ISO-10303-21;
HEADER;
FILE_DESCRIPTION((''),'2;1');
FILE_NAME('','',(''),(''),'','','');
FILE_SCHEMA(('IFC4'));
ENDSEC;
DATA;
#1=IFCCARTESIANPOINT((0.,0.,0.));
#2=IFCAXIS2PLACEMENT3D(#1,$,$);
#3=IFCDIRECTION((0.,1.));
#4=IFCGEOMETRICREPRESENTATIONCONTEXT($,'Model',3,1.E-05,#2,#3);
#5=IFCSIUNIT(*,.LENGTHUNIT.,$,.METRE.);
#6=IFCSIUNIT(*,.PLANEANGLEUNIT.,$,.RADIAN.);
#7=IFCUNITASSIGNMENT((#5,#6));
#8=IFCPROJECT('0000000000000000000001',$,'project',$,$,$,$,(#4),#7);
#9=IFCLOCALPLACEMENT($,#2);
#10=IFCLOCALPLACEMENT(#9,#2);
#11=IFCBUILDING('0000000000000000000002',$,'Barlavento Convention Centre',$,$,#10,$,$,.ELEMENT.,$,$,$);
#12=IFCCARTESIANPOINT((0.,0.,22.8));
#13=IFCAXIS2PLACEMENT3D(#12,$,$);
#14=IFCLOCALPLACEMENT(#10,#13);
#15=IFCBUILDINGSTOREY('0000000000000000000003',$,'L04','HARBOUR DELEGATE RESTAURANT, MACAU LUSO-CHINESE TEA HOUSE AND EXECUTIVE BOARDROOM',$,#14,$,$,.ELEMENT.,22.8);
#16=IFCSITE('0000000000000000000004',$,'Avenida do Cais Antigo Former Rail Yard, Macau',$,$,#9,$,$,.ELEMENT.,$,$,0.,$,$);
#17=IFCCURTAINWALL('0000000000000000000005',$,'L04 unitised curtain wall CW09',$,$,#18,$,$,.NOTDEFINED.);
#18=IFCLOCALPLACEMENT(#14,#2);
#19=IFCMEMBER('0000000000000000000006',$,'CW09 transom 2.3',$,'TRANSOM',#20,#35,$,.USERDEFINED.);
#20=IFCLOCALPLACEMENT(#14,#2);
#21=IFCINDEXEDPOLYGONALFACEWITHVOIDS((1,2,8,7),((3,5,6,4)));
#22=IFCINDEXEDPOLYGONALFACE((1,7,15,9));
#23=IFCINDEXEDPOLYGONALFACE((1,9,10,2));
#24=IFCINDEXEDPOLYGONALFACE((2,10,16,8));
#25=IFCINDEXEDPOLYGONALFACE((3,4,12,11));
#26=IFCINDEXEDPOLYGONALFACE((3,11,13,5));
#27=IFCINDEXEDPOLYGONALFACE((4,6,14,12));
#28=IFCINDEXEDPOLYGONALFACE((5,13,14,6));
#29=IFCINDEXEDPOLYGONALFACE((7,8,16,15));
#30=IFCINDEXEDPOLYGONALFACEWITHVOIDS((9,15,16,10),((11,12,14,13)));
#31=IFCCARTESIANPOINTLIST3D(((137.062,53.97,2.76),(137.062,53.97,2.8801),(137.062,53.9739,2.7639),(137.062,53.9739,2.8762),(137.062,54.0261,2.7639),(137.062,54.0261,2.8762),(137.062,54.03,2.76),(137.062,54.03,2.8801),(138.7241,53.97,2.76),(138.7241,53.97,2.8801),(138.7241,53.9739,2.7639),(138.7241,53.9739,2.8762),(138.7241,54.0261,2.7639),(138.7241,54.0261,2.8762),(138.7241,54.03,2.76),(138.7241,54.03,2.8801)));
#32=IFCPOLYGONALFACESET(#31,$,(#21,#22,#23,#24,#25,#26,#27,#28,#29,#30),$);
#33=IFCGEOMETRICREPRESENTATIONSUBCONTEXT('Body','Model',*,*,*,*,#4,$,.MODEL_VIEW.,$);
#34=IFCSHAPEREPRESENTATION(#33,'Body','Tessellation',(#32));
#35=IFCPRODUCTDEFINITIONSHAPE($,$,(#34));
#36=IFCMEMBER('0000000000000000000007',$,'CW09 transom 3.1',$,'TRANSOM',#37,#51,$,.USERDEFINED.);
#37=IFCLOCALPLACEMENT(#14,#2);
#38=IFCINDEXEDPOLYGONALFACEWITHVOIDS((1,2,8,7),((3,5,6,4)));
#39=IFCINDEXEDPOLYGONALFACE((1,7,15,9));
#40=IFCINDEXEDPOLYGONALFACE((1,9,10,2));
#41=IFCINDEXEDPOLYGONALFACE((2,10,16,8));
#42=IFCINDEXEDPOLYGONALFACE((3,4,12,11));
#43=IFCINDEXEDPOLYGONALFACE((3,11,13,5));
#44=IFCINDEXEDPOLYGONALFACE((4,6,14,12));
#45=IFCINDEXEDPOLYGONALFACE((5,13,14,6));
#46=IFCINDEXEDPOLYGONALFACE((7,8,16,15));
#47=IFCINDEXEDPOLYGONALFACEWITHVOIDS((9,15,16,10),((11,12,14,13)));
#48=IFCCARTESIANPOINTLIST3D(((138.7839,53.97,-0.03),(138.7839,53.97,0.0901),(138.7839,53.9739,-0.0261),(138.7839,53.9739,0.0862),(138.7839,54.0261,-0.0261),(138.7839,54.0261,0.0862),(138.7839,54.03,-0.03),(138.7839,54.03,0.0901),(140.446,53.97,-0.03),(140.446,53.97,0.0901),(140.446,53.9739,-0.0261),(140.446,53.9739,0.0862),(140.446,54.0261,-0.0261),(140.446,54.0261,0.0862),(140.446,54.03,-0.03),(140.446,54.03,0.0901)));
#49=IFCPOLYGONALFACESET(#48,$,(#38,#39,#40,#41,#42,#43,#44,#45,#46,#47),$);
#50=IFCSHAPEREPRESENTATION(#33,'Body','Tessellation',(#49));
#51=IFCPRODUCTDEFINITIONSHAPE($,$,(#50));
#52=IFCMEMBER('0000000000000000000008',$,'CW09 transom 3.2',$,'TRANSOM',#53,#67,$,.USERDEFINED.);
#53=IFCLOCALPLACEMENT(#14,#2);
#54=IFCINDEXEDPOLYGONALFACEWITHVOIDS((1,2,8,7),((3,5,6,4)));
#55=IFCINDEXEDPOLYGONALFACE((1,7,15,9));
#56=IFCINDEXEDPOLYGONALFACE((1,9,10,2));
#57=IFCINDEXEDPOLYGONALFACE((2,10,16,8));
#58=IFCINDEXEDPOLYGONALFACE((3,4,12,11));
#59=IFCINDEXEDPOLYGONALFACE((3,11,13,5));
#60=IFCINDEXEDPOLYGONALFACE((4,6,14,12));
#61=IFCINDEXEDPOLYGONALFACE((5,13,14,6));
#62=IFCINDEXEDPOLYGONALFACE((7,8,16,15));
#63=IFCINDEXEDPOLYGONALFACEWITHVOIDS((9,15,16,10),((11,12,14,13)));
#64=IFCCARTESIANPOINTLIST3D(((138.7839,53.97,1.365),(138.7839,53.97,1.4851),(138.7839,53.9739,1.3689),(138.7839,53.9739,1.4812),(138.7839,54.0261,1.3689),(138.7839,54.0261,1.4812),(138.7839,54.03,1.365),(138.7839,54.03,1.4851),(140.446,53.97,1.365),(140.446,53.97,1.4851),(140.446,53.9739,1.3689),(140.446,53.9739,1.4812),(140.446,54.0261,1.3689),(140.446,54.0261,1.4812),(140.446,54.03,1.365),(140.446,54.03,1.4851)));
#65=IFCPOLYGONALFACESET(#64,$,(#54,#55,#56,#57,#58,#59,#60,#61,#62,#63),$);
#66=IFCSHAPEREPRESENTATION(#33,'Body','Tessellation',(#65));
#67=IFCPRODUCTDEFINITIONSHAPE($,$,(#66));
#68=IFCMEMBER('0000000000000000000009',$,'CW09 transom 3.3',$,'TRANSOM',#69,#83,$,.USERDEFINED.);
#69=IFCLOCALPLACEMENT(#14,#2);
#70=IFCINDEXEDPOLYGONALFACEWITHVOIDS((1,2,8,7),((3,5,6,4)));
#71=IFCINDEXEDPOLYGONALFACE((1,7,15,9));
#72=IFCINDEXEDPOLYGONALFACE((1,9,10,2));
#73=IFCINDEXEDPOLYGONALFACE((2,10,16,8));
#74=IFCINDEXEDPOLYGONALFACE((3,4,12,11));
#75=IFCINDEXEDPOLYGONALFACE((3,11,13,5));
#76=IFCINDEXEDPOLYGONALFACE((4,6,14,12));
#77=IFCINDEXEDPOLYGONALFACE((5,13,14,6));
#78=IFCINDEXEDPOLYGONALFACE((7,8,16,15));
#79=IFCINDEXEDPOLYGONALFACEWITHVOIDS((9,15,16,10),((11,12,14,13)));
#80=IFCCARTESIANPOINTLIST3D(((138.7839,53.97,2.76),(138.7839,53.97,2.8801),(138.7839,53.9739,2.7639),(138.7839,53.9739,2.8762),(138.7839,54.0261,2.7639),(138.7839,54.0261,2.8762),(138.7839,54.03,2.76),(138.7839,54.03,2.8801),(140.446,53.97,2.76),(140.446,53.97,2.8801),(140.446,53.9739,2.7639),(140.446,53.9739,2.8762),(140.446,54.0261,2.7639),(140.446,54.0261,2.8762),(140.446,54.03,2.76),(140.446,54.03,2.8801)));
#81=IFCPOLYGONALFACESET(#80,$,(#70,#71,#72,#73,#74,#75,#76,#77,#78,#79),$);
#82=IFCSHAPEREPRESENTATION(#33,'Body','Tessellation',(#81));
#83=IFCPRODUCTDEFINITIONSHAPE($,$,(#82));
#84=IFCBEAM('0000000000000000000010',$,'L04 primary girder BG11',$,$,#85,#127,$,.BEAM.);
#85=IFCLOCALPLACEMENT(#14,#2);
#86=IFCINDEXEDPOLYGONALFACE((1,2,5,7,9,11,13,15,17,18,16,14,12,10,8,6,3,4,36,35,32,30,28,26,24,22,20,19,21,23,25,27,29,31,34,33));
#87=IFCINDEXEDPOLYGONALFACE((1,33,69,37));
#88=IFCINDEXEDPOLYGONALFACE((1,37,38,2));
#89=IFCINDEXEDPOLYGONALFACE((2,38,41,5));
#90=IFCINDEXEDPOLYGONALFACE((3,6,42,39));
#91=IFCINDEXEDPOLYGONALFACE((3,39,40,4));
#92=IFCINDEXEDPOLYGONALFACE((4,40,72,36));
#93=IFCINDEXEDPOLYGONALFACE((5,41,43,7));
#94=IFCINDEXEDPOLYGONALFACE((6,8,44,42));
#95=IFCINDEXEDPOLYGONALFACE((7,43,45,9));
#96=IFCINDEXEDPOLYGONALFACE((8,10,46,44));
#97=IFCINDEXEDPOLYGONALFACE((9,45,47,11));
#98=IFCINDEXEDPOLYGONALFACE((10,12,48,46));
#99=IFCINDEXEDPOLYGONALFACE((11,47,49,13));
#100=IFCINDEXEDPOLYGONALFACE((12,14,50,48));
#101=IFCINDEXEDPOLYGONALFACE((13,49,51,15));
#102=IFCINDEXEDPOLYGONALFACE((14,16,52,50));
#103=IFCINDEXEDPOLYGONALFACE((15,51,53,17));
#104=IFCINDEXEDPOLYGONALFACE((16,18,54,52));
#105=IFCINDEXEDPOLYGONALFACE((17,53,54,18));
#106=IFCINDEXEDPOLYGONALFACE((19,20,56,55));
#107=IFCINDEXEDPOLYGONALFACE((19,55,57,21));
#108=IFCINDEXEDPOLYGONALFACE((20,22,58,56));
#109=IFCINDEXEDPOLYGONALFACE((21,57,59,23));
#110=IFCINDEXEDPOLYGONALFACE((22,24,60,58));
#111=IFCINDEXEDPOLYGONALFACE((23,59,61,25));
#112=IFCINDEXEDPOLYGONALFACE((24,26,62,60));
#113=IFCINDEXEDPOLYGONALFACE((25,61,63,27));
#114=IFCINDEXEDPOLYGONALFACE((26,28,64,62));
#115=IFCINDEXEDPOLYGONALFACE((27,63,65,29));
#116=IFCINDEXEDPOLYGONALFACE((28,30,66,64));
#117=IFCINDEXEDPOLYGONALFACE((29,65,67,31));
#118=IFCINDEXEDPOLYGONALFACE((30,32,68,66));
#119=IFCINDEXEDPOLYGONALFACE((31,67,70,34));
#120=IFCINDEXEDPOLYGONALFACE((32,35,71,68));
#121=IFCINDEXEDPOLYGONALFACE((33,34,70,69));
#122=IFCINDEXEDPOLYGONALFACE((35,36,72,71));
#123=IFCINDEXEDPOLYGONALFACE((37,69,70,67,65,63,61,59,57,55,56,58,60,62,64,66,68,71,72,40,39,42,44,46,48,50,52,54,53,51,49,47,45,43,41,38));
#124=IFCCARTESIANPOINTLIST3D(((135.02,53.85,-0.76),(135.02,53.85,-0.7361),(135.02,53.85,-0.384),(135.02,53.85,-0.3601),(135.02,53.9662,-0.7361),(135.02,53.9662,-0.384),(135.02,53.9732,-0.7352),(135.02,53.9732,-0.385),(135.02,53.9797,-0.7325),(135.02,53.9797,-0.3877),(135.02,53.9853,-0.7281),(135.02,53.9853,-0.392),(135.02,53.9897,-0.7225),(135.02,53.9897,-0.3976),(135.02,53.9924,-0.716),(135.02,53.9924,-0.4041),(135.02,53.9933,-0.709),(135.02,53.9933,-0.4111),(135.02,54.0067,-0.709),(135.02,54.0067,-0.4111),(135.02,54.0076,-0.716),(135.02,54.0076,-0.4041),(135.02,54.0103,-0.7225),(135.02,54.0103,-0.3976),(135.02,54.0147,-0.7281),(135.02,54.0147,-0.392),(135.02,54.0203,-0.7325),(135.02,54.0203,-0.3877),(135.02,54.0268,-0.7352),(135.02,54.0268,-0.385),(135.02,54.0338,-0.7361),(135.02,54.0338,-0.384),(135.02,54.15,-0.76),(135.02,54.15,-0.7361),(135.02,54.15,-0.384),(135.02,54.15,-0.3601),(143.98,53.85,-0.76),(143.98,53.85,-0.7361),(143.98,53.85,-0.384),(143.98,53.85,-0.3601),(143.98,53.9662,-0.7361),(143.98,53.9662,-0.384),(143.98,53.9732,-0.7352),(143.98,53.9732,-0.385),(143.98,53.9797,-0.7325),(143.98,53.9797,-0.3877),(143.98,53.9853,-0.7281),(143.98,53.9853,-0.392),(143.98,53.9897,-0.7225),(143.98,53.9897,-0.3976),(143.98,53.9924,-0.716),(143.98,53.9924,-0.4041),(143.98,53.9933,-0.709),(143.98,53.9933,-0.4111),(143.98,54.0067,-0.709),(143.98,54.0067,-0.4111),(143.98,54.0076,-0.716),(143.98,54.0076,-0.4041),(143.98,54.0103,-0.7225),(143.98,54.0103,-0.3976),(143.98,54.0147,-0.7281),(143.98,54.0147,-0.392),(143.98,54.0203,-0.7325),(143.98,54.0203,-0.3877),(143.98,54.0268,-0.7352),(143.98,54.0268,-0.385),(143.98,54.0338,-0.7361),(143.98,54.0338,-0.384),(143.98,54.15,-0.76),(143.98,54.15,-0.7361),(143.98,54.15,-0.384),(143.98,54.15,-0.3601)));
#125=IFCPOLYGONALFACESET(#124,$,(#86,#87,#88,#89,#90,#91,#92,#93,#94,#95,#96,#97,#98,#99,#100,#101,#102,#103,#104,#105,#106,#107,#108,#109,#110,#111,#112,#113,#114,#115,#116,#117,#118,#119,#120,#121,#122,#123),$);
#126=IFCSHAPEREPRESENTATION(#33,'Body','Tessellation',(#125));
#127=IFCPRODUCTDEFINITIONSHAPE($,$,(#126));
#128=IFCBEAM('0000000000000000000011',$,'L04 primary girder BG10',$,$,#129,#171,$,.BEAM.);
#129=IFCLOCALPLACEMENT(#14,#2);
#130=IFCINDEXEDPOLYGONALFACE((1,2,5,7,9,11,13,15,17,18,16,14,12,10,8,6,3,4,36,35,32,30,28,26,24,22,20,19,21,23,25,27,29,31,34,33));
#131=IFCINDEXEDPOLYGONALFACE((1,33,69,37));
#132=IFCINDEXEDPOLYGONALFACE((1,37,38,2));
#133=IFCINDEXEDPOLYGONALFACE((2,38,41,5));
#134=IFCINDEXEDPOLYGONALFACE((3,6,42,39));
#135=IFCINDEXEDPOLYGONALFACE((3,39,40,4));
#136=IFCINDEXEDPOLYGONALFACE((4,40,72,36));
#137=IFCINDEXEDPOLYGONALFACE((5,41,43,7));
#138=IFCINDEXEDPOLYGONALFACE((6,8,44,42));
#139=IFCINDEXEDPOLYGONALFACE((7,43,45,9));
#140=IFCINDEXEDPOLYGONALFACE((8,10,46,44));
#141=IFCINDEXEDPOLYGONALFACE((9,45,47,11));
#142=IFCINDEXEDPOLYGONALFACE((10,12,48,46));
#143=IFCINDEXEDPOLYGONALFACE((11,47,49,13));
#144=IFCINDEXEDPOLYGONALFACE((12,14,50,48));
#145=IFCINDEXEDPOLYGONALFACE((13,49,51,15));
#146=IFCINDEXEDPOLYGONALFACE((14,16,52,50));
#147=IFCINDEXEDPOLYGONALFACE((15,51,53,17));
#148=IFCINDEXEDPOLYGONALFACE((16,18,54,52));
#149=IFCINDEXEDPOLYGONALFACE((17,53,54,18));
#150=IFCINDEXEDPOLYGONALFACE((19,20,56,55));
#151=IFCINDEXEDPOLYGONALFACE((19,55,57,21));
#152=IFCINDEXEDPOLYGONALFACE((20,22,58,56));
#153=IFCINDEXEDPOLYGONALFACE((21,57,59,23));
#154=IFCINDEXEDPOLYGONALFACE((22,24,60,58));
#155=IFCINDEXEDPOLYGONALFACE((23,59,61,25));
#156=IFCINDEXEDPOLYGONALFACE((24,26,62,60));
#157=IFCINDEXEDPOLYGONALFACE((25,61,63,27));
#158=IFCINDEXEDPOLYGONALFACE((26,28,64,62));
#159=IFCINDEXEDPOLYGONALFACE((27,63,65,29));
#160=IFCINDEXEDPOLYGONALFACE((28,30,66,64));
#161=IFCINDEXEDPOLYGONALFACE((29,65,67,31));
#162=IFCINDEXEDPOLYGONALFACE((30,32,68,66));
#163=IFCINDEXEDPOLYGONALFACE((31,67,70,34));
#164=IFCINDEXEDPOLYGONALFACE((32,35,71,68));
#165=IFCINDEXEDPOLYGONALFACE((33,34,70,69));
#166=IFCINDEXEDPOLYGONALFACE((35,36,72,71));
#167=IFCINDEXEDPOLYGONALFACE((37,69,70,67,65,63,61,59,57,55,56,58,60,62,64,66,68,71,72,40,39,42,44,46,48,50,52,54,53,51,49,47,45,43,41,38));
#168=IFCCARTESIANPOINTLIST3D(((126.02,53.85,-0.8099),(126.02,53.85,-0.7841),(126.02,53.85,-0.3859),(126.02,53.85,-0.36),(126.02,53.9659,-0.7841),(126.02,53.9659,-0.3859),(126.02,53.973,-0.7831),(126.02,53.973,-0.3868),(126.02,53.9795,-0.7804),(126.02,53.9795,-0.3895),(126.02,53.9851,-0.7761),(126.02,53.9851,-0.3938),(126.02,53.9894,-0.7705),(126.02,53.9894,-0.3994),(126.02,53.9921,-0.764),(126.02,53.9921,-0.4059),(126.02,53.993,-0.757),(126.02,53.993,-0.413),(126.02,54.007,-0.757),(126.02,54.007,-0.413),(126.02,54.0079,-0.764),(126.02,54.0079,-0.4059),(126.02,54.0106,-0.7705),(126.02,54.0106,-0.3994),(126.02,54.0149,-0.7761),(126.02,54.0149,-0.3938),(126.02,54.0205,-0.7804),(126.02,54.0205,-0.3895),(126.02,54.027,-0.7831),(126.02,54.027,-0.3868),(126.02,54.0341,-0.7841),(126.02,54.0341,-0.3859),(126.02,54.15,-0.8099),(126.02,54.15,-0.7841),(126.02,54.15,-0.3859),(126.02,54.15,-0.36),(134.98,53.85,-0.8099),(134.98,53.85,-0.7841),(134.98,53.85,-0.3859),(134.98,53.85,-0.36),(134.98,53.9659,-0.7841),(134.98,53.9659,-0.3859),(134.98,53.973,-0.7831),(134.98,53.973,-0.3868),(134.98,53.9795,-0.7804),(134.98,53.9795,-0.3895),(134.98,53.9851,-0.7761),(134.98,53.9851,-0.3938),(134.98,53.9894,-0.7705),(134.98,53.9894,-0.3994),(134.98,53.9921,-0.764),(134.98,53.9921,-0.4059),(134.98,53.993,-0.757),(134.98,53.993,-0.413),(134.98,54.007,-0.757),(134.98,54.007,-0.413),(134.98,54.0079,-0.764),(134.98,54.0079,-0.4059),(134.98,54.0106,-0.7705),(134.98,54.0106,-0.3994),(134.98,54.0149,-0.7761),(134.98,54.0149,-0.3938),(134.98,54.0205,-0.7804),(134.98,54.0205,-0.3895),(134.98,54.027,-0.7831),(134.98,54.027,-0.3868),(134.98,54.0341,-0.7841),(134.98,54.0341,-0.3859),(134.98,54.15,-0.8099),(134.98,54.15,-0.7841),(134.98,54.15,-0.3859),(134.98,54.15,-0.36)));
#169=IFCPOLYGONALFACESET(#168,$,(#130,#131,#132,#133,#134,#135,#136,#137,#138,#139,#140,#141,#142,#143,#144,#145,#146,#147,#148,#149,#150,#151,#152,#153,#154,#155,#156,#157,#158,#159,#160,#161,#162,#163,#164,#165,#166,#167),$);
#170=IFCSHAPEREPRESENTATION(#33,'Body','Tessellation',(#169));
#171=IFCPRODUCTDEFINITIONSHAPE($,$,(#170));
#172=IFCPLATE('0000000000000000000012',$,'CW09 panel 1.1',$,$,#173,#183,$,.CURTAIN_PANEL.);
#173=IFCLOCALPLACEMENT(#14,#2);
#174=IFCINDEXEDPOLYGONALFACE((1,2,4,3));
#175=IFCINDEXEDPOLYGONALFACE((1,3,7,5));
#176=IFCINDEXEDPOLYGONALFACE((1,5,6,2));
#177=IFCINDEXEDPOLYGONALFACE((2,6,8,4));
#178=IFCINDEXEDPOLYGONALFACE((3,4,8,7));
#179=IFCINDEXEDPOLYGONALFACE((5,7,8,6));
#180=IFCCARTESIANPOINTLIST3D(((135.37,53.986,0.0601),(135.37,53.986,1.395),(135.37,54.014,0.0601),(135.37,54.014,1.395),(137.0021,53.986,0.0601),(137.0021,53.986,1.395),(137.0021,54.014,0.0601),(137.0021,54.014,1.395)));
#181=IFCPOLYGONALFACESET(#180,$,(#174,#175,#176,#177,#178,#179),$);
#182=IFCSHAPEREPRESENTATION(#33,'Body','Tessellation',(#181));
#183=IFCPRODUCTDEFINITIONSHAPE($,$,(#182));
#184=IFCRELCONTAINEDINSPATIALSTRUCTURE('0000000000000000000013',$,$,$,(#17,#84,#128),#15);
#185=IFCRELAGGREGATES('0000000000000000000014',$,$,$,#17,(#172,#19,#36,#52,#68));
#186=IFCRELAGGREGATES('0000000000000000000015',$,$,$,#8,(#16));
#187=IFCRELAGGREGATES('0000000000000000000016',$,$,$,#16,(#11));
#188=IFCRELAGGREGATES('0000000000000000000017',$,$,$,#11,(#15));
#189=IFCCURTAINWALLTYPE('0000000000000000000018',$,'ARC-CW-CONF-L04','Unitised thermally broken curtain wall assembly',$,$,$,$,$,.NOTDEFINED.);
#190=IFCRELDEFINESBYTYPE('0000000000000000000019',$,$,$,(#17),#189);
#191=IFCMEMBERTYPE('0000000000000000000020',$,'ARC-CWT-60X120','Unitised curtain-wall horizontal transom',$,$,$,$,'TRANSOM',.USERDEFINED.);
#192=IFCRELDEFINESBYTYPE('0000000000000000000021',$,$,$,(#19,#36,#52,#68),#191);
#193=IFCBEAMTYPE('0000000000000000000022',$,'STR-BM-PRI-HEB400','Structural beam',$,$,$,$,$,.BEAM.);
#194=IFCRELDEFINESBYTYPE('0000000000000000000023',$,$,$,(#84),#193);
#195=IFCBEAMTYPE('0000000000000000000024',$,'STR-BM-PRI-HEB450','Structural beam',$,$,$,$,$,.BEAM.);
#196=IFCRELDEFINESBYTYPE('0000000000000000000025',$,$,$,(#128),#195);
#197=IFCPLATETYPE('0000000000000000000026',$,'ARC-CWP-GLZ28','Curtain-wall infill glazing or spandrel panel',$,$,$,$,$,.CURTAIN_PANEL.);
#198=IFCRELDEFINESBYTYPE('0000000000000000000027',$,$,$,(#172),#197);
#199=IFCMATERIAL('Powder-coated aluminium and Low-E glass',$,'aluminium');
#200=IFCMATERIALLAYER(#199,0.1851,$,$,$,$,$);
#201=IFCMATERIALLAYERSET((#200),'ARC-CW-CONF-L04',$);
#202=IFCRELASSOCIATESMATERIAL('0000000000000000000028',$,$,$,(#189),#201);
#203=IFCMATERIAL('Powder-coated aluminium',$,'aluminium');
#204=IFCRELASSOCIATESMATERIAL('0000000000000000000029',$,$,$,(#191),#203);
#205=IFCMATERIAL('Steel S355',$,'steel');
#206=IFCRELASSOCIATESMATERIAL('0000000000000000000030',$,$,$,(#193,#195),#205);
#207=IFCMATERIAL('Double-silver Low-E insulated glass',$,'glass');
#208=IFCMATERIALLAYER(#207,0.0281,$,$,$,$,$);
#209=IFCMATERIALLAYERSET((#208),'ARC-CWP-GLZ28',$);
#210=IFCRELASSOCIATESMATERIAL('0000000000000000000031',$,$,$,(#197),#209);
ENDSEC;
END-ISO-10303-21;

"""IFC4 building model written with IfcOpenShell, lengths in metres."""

from ifc_helpers import new_model, si_unit, direction, frame, origin, origin_2d, place, context, subcontext, project, spatial, rectangle, hollow_rectangle, i_section, extrude, material, layer, layer_set, material_profile, profile_set, type_object, element, aggregate, save


model = new_model("IFC4")

# Units and contexts
model_context = context("Model", 3, precision=1e-05, world=origin(), true_north=direction((0.0, 1.0)))
body_context = subcontext(model_context, "Body", "Model", "MODEL_VIEW")
ifc_project = project(units=[si_unit("LENGTHUNIT", "METRE"), si_unit("PLANEANGLEUNIT", "RADIAN")], contexts=[model_context])

# Site, building, storey
site_placement = place(None, origin())
site = spatial("IfcSite", under=ifc_project, at=site_placement, Name="Avenida do Cais Antigo Former Rail Yard, Macau", CompositionType="ELEMENT", RefElevation=0.0)
building_placement = place(site_placement, origin())
building = spatial("IfcBuilding", under=site, at=building_placement, Name="Barlavento Convention Centre", CompositionType="ELEMENT")
storey_placement = place(building_placement, frame((0.0, 0.0, 22.8)))
storey = spatial("IfcBuildingStorey", under=building, at=storey_placement, Name="L04", Description="HARBOUR DELEGATE RESTAURANT, MACAU LUSO-CHINESE TEA HOUSE AND EXECUTIVE BOARDROOM", CompositionType="ELEMENT", Elevation=22.8)

# Shared definitions
ifc_material_1 = material(Name="Steel S355", Category="steel")

# Curtain wall, members
ifc_material_2 = material(Name="Powder-coated aluminium and Low-E glass", Category="aluminium")
ifc_layer_1 = layer(ifc_material_2, 0.1851)
ifc_layer_set_1 = layer_set([ifc_layer_1], Name="ARC-CW-CONF-L04")
curtain_wall_type = type_object("IfcCurtainWallType", Name="ARC-CW-CONF-L04", Description="Unitised thermally broken curtain wall assembly", PredefinedType="NOTDEFINED", material=ifc_layer_set_1)
curtain_wall_placement = place(storey_placement, origin())
curtain_wall = element("IfcCurtainWall", 1, at=curtain_wall_placement, inside=storey, type_object=curtain_wall_type, Name="L04 unitised curtain wall CW09", PredefinedType="NOTDEFINED")
ifc_material_3 = material(Name="Powder-coated aluminium", Category="aluminium")
ifc_material_profile_1 = material_profile(ifc_material_3, hollow_rectangle(XDim=0.0601, YDim=0.1201, WallThickness=0.0039, at=origin_2d()), Name="AL-TRAN 60x120x4")
ifc_profile_set_1 = profile_set([ifc_material_profile_1], Name="Powder-coated aluminium")
member_type_1 = type_object("IfcMemberType", Name="ARC-CWT-60X120", Description="Unitised curtain-wall horizontal transom", ElementType="TRANSOM", PredefinedType="USERDEFINED", material=ifc_profile_set_1)
member_1_placement = place(storey_placement, frame((137.062, 54.0, 2.8201), z_axis=(1.0, 0.0, 0.0), x_axis=(0.0, 1.0, 0.0)))
member_1 = element("IfcMember", 2, at=member_1_placement, type_object=member_type_1, Name="CW09 transom 2.3", ObjectType="TRANSOM", PredefinedType="USERDEFINED", context=body_context, shape_type="SweptSolid", body=[
    extrude(hollow_rectangle(XDim=0.0601, YDim=0.1201, WallThickness=0.0039, at=origin_2d()), origin(), (0.0, 0.0, 1.0), 1.6621),
])
member_2_placement = place(storey_placement, frame((138.7839, 54.0, 0.03), z_axis=(1.0, 0.0, 0.0), x_axis=(0.0, 1.0, 0.0)))
member_2 = element("IfcMember", 3, at=member_2_placement, type_object=member_type_1, Name="CW09 transom 3.1", ObjectType="TRANSOM", PredefinedType="USERDEFINED", context=body_context, shape_type="SweptSolid", body=[
    extrude(hollow_rectangle(XDim=0.0601, YDim=0.1201, WallThickness=0.0039, at=origin_2d()), origin(), (0.0, 0.0, 1.0), 1.6621),
])
member_3_placement = place(storey_placement, frame((138.7839, 54.0, 1.425), z_axis=(1.0, 0.0, 0.0), x_axis=(0.0, 1.0, 0.0)))
member_3 = element("IfcMember", 4, at=member_3_placement, type_object=member_type_1, Name="CW09 transom 3.2", ObjectType="TRANSOM", PredefinedType="USERDEFINED", context=body_context, shape_type="SweptSolid", body=[
    extrude(hollow_rectangle(XDim=0.0601, YDim=0.1201, WallThickness=0.0039, at=origin_2d()), origin(), (0.0, 0.0, 1.0), 1.6621),
])
member_4_placement = place(storey_placement, frame((138.7839, 54.0, 2.8201), z_axis=(1.0, 0.0, 0.0), x_axis=(0.0, 1.0, 0.0)))
member_4 = element("IfcMember", 5, at=member_4_placement, type_object=member_type_1, Name="CW09 transom 3.3", ObjectType="TRANSOM", PredefinedType="USERDEFINED", context=body_context, shape_type="SweptSolid", body=[
    extrude(hollow_rectangle(XDim=0.0601, YDim=0.1201, WallThickness=0.0039, at=origin_2d()), origin(), (0.0, 0.0, 1.0), 1.6621),
])

# Beams
ifc_material_profile_2 = material_profile(ifc_material_1, i_section(OverallWidth=0.3, OverallDepth=0.3999, WebThickness=0.0134, FlangeThickness=0.0239, FilletRadius=0.0271, at=origin_2d()), Name="HEB 400")
ifc_profile_set_2 = profile_set([ifc_material_profile_2], Name="Steel S355")
beam_type_1 = type_object("IfcBeamType", Name="STR-BM-PRI-HEB400", Description="Structural beam", PredefinedType="BEAM", material=ifc_profile_set_2)
beam_1_placement = place(storey_placement, frame((135.02, 54.0, -0.5601), z_axis=(1.0, 0.0, 0.0), x_axis=(0.0, 1.0, 0.0)))
element("IfcBeam", 6, at=beam_1_placement, inside=storey, type_object=beam_type_1, Name="L04 primary girder BG11", PredefinedType="BEAM", context=body_context, shape_type="SweptSolid", body=[
    extrude(i_section(OverallWidth=0.3, OverallDepth=0.3999, WebThickness=0.0134, FlangeThickness=0.0239, FilletRadius=0.0271, at=origin_2d()), origin(), (0.0, 0.0, 1.0), 8.96),
])
ifc_material_profile_3 = material_profile(ifc_material_1, i_section(OverallWidth=0.3, OverallDepth=0.45, WebThickness=0.0139, FlangeThickness=0.0259, FilletRadius=0.0271, at=origin_2d()), Name="HEB 450")
ifc_profile_set_3 = profile_set([ifc_material_profile_3], Name="Steel S355")
beam_type_2 = type_object("IfcBeamType", Name="STR-BM-PRI-HEB450", Description="Structural beam", PredefinedType="BEAM", material=ifc_profile_set_3)
beam_2_placement = place(storey_placement, frame((126.02, 54.0, -0.585), z_axis=(1.0, 0.0, 0.0), x_axis=(0.0, 1.0, 0.0)))
element("IfcBeam", 7, at=beam_2_placement, inside=storey, type_object=beam_type_2, Name="L04 primary girder BG10", PredefinedType="BEAM", context=body_context, shape_type="SweptSolid", body=[
    extrude(i_section(OverallWidth=0.3, OverallDepth=0.45, WebThickness=0.0139, FlangeThickness=0.0259, FilletRadius=0.0271, at=origin_2d()), origin(), (0.0, 0.0, 1.0), 8.96),
])

# Plate
ifc_material_4 = material(Name="Double-silver Low-E insulated glass", Category="glass")
ifc_layer_2 = layer(ifc_material_4, 0.0281)
ifc_layer_set_2 = layer_set([ifc_layer_2], Name="ARC-CWP-GLZ28")
plate_type = type_object("IfcPlateType", Name="ARC-CWP-GLZ28", Description="Curtain-wall infill glazing or spandrel panel", PredefinedType="CURTAIN_PANEL", material=ifc_layer_set_2)
plate_1_placement = place(storey_placement, frame((136.186, 54.0, 0.0601), z_axis=(0.0, 0.0, 1.0), x_axis=(1.0, 0.0, 0.0)))
plate_1 = element("IfcPlate", 8, at=plate_1_placement, type_object=plate_type, Name="CW09 panel 1.1", PredefinedType="CURTAIN_PANEL", context=body_context, shape_type="SweptSolid", body=[
    extrude(rectangle(XDim=1.6321, YDim=0.0281, at=origin_2d()), origin(), (0.0, 0.0, 1.0), 1.335),
])
aggregate(curtain_wall, [plate_1, member_1, member_2, member_3, member_4])

save(model, "model.ifc")
